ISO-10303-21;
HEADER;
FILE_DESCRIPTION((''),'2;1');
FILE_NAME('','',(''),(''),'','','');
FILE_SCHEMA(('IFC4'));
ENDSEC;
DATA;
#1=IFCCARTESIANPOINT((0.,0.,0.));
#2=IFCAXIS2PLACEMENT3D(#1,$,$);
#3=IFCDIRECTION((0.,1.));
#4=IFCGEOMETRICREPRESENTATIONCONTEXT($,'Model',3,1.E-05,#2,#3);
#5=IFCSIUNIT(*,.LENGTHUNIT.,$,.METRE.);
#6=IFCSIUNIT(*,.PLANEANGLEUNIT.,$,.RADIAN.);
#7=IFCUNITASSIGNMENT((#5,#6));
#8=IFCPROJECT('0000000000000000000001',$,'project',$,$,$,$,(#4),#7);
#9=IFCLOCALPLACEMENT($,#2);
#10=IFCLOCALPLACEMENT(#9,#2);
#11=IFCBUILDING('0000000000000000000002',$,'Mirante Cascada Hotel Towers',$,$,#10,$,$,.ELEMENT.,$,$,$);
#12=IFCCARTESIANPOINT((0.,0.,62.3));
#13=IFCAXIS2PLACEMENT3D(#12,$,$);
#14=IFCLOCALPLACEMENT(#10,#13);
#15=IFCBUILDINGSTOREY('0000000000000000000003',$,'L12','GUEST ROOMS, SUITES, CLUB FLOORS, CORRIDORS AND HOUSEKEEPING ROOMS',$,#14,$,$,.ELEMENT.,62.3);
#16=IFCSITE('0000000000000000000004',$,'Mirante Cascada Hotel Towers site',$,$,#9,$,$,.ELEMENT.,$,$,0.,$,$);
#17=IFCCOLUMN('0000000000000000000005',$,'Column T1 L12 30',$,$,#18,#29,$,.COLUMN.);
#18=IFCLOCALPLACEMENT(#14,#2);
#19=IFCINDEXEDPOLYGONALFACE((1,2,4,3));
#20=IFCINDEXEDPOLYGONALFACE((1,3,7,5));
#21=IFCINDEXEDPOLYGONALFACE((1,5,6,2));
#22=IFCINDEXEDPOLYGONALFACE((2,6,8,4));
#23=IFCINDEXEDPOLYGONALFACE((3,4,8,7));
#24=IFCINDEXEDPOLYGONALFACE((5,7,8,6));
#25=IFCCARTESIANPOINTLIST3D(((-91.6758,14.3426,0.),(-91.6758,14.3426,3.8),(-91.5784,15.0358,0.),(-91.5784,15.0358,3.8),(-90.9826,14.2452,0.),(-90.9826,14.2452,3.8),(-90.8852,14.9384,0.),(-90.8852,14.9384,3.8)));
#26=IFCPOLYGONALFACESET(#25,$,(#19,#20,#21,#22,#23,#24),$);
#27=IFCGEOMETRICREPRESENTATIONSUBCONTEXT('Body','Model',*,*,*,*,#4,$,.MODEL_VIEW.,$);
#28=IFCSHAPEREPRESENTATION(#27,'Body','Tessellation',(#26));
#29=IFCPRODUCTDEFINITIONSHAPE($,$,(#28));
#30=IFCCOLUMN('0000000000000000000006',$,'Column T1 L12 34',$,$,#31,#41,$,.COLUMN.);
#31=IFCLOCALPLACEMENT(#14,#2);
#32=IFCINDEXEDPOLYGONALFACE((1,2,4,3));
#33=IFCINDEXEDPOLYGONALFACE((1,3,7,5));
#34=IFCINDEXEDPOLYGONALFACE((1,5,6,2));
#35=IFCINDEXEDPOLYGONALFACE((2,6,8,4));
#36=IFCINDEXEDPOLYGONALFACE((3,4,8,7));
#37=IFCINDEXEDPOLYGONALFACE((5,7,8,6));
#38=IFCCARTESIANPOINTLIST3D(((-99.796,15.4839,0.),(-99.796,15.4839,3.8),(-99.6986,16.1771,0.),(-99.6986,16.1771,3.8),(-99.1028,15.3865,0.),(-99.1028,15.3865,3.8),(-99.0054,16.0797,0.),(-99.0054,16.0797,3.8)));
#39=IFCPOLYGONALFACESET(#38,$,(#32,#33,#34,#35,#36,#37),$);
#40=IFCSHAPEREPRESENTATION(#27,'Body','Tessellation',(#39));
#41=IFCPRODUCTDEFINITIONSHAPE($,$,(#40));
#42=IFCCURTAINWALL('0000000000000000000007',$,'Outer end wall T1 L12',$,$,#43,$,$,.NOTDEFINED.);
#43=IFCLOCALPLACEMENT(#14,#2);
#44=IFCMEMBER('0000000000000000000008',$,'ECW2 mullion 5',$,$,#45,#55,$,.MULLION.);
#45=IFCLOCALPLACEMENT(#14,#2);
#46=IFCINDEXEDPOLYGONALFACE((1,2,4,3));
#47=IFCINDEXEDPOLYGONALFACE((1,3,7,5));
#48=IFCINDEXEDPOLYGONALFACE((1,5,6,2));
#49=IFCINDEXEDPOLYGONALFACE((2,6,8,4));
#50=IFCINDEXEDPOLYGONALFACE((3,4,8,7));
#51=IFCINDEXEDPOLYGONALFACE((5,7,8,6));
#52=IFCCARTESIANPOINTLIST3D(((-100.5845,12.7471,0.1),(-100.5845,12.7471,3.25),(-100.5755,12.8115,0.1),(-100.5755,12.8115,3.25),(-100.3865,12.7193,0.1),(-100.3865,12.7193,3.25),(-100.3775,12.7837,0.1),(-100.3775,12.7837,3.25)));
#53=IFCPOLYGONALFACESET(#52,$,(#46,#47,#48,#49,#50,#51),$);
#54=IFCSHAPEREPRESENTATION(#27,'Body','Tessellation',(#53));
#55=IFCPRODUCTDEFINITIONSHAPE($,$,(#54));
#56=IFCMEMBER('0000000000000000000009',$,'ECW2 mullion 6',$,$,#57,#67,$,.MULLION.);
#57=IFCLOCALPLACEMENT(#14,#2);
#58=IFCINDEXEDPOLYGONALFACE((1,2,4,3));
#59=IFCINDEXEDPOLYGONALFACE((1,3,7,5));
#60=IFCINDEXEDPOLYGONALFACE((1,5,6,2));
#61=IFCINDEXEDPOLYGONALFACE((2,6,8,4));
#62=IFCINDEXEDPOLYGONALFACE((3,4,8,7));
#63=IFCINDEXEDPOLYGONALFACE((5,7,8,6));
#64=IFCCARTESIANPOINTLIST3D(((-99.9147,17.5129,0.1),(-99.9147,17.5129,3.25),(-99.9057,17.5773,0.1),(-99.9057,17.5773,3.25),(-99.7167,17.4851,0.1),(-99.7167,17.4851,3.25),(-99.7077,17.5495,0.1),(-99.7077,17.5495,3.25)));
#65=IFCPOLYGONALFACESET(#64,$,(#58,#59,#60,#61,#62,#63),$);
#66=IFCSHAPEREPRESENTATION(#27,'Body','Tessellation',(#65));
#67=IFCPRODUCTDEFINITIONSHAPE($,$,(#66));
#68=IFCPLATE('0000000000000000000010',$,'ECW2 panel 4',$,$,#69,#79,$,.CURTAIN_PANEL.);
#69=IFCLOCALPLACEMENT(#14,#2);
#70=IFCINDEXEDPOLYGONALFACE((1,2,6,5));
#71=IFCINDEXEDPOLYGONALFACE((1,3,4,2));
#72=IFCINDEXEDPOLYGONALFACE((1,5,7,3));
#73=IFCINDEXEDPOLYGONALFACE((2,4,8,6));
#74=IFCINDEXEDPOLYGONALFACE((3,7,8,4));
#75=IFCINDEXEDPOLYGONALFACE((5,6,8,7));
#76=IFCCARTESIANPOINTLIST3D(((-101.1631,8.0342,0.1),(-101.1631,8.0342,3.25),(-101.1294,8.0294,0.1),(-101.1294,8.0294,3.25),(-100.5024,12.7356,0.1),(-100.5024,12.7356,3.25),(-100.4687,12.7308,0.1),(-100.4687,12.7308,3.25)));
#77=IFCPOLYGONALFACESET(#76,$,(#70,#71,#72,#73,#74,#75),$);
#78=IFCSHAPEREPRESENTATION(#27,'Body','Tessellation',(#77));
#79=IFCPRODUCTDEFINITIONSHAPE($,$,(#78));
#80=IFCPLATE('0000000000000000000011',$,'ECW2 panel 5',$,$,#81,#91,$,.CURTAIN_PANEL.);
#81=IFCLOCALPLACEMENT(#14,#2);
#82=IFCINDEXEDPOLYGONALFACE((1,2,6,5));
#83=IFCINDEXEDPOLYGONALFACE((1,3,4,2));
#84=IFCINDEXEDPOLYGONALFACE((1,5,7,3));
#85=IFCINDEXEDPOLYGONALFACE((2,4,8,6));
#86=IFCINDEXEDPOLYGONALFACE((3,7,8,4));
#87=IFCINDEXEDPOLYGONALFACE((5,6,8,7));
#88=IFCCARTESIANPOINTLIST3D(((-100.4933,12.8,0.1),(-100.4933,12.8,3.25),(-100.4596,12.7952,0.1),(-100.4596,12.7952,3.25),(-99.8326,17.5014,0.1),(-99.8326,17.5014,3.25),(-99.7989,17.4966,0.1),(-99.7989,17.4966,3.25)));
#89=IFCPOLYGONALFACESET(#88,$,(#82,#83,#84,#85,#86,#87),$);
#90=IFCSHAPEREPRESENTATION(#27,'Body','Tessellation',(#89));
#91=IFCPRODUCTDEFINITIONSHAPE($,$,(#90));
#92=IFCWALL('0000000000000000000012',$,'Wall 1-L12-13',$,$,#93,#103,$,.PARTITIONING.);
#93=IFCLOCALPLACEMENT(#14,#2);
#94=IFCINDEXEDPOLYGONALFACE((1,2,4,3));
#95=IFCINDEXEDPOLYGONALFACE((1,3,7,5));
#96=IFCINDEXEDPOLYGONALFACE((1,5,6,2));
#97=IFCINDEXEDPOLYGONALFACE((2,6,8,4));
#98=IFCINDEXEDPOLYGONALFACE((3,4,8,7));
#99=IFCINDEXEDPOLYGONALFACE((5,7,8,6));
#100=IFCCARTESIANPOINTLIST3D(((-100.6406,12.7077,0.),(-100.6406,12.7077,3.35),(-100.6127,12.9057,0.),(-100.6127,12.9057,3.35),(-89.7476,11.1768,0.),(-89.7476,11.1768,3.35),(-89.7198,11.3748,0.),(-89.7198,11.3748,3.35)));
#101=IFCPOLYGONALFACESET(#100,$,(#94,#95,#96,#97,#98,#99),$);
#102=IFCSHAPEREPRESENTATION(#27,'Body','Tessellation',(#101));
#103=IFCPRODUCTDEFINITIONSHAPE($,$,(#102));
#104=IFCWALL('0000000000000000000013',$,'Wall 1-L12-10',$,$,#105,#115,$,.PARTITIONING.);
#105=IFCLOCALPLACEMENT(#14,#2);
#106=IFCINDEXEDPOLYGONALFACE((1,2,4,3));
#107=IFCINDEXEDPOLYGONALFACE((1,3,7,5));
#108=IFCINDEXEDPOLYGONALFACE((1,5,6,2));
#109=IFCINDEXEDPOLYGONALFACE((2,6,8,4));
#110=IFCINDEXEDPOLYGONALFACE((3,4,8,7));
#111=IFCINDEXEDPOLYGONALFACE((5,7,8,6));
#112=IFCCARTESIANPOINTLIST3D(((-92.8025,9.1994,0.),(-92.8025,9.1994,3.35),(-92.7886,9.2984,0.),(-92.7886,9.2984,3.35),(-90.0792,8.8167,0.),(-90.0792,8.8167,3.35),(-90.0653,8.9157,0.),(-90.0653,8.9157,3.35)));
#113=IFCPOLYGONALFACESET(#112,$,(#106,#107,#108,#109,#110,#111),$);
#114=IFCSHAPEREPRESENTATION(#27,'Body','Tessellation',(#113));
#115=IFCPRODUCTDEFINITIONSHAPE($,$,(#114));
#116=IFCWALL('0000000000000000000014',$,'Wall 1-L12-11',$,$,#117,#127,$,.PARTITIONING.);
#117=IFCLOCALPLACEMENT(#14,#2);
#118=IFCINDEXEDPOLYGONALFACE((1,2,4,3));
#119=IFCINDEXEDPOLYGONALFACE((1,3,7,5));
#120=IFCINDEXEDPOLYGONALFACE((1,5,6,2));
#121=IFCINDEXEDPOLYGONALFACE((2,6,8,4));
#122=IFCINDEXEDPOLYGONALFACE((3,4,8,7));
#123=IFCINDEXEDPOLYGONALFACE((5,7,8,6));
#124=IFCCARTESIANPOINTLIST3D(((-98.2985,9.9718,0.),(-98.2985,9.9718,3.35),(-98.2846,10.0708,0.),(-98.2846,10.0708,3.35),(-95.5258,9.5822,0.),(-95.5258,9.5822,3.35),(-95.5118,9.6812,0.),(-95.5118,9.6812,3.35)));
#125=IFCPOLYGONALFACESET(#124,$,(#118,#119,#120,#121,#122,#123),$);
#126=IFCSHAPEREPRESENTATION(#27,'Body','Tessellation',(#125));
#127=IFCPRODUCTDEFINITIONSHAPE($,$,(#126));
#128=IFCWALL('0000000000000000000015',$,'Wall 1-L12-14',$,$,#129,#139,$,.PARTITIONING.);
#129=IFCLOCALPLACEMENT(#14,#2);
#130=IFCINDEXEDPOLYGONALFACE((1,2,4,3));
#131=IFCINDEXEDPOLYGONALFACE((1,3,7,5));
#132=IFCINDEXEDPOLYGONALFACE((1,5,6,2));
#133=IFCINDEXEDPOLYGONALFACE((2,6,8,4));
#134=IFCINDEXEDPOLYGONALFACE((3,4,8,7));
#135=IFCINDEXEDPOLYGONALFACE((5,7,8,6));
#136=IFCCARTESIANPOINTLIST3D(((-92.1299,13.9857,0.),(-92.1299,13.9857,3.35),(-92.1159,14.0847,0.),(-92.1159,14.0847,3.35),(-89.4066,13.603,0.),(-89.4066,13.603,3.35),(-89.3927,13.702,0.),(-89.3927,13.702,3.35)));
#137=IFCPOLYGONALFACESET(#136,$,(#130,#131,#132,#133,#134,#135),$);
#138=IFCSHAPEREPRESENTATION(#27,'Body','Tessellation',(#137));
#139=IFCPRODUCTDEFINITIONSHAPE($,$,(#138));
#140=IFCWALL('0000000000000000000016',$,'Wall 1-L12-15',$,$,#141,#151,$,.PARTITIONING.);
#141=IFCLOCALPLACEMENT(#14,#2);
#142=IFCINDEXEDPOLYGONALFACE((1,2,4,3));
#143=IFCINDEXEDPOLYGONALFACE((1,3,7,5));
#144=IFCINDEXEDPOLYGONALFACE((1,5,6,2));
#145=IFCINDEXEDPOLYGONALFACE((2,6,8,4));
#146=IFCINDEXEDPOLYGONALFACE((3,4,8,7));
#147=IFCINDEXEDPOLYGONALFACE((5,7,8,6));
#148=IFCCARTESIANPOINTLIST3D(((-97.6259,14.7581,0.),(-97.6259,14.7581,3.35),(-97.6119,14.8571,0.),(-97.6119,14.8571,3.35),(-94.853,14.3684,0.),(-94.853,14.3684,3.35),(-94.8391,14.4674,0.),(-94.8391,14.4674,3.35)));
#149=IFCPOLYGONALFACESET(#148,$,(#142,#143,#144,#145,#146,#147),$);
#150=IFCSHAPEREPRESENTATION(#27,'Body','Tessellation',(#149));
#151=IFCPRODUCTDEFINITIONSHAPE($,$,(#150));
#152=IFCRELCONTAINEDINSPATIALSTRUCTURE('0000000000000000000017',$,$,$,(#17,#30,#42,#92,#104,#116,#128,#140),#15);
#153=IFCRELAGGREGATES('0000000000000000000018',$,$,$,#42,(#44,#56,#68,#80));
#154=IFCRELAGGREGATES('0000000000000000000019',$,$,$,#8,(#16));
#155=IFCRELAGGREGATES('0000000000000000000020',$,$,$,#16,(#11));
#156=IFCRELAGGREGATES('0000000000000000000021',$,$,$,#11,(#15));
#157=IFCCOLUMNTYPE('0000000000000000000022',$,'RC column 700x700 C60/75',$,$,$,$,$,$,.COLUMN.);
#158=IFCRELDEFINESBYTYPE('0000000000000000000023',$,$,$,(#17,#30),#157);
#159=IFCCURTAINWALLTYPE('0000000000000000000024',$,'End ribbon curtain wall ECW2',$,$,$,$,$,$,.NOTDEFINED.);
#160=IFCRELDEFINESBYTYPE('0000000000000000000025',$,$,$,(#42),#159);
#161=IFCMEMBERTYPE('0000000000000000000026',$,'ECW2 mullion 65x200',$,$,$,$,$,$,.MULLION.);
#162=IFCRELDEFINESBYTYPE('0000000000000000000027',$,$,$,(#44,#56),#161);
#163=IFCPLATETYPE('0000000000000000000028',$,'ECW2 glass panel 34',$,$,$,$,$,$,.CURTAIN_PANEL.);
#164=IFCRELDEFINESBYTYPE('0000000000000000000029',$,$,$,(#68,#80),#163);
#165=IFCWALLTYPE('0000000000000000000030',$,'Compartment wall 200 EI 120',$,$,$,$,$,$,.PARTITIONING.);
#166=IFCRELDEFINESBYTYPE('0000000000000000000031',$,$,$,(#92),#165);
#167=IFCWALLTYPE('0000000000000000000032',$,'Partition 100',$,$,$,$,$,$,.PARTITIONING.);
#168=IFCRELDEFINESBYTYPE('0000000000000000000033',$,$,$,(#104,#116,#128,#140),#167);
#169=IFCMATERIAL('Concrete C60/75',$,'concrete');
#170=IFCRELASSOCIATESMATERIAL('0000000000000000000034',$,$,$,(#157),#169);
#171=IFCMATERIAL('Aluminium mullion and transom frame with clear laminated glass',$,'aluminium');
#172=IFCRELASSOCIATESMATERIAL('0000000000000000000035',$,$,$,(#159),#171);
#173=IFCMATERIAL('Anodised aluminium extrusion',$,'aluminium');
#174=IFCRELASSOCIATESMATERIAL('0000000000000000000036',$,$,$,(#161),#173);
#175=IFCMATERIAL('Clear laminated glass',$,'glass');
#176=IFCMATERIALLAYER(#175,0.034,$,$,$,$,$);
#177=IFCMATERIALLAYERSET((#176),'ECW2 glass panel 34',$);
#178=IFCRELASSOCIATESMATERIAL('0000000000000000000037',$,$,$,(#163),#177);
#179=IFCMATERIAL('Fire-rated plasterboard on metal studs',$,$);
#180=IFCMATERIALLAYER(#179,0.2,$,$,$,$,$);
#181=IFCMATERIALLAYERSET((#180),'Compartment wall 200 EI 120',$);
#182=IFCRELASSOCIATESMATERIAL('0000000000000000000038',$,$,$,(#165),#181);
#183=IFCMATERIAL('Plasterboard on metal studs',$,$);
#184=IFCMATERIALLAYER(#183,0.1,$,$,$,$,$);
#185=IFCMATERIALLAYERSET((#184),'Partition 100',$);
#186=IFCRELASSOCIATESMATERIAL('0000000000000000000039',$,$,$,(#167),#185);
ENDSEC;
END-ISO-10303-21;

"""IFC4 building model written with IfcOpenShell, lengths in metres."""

from ifc_helpers import new_model, si_unit, direction, frame, frame_2d, origin, origin_2d, place, context, subcontext, project, spatial, rectangle, extrude, material, layer, layer_set, material_profile, profile_set, type_object, element, aggregate, save


model = new_model("IFC4")

# Units and contexts
model_context = context("Model", 3, precision=1e-05, world=origin(), true_north=direction((0.0, 1.0)))
body_context = subcontext(model_context, "Body", "Model", "MODEL_VIEW")
ifc_project = project(units=[si_unit("LENGTHUNIT", "METRE"), si_unit("PLANEANGLEUNIT", "RADIAN")], contexts=[model_context])

# Site, building, storey
site_placement = place(None, origin())
site = spatial("IfcSite", under=ifc_project, at=site_placement, Name="Mirante Cascada Hotel Towers site", CompositionType="ELEMENT", RefElevation=0.0)
building_placement = place(site_placement, origin())
building = spatial("IfcBuilding", under=site, at=building_placement, Name="Mirante Cascada Hotel Towers", CompositionType="ELEMENT")
storey_placement = place(building_placement, frame((0.0, 0.0, 62.3)))
storey = spatial("IfcBuildingStorey", under=building, at=storey_placement, Name="L12", Description="GUEST ROOMS, SUITES, CLUB FLOORS, CORRIDORS AND HOUSEKEEPING ROOMS", CompositionType="ELEMENT", Elevation=62.3)

# Columns
ifc_material_1 = material(Name="Concrete C60/75", Category="concrete")
ifc_material_profile_1 = material_profile(ifc_material_1, rectangle(XDim=0.7, YDim=0.7, at=origin_2d()), Name="RC column 700x700 C60/75")
ifc_profile_set_1 = profile_set([ifc_material_profile_1], Name="Concrete C60/75")
column_type = type_object("IfcColumnType", Name="RC column 700x700 C60/75", PredefinedType="COLUMN", material=ifc_profile_set_1)
for number, where, z_axis, x_axis, name in (
    (1, (-91.2805, 14.6405, 0.0), (0.0, 0.0, 1.0), (-0.990268, 0.139173, 0.0), "Column T1 L12 30"),
    (2, (-99.4007, 15.7818, 0.0), (0.0, 0.0, 1.0), (-0.990268, 0.139173, 0.0), "Column T1 L12 34"),
):
    element("IfcColumn", number, at=place(storey_placement, frame(where, z_axis=z_axis, x_axis=x_axis)), inside=storey, type_object=column_type, Name=name, PredefinedType="COLUMN", context=body_context, shape_type="SweptSolid", body=[
        extrude(rectangle(XDim=0.7, YDim=0.7, at=origin_2d()), origin(), (0.0, 0.0, 1.0), 3.8),
    ])

# Curtain wall, members, plates
ifc_material_2 = material(Name="Aluminium mullion and transom frame with clear laminated glass", Category="aluminium")
curtain_wall_type = type_object("IfcCurtainWallType", Name="End ribbon curtain wall ECW2", PredefinedType="NOTDEFINED", material=ifc_material_2)
curtain_wall_placement = place(storey_placement, origin())
curtain_wall = element("IfcCurtainWall", 3, at=curtain_wall_placement, inside=storey, type_object=curtain_wall_type, Name="Outer end wall T1 L12", PredefinedType="NOTDEFINED")
ifc_material_3 = material(Name="Anodised aluminium extrusion", Category="aluminium")
ifc_material_profile_2 = material_profile(ifc_material_3, rectangle(XDim=0.2, YDim=0.065, at=origin_2d()), Name="ECW2 MULLION 65x200")
ifc_profile_set_2 = profile_set([ifc_material_profile_2], Name="Anodised aluminium extrusion")
member_type = type_object("IfcMemberType", Name="ECW2 mullion 65x200", PredefinedType="MULLION", material=ifc_profile_set_2)
member_1_placement = place(storey_placement, frame((-100.481, 12.7654, 0.1), z_axis=(0.0, 0.0, 1.0), x_axis=(-0.990268, 0.139173, 0.0)))
member_1 = element("IfcMember", 4, at=member_1_placement, type_object=member_type, Name="ECW2 mullion 5", PredefinedType="MULLION", context=body_context, shape_type="SweptSolid", body=[
    extrude(rectangle(XDim=0.2, YDim=0.065, at=origin_2d()), origin(), (0.0, 0.0, 1.0), 3.15),
])
member_2_placement = place(storey_placement, frame((-99.8112, 17.5312, 0.1), z_axis=(0.0, 0.0, 1.0), x_axis=(-0.990268, 0.139173, 0.0)))
member_2 = element("IfcMember", 5, at=member_2_placement, type_object=member_type, Name="ECW2 mullion 6", PredefinedType="MULLION", context=body_context, shape_type="SweptSolid", body=[
    extrude(rectangle(XDim=0.2, YDim=0.065, at=origin_2d()), origin(), (0.0, 0.0, 1.0), 3.15),
])
ifc_material_4 = material(Name="Clear laminated glass", Category="glass")
ifc_layer_1 = layer(ifc_material_4, 0.034)
ifc_layer_set_1 = layer_set([ifc_layer_1], Name="ECW2 glass panel 34")
plate_type = type_object("IfcPlateType", Name="ECW2 glass panel 34", PredefinedType="CURTAIN_PANEL", material=ifc_layer_set_1)
plate_1_placement = place(storey_placement, frame((-100.8159, 10.3825, 0.1), z_axis=(0.0, 0.0, 1.0), x_axis=(0.139173, 0.990268, 0.0)))
plate_1 = element("IfcPlate", 6, at=plate_1_placement, type_object=plate_type, Name="ECW2 panel 4", PredefinedType="CURTAIN_PANEL", context=body_context, shape_type="SweptSolid", body=[
    extrude(rectangle(XDim=4.7476, YDim=0.034, at=origin_2d()), origin(), (0.0, 0.0, 1.0), 3.15),
])
plate_2_placement = place(storey_placement, frame((-100.1461, 15.1483, 0.1), z_axis=(0.0, 0.0, 1.0), x_axis=(0.139173, 0.990268, 0.0)))
plate_2 = element("IfcPlate", 7, at=plate_2_placement, type_object=plate_type, Name="ECW2 panel 5", PredefinedType="CURTAIN_PANEL", context=body_context, shape_type="SweptSolid", body=[
    extrude(rectangle(XDim=4.7476, YDim=0.034, at=origin_2d()), origin(), (0.0, 0.0, 1.0), 3.15),
])
aggregate(curtain_wall, [member_1, member_2, plate_1, plate_2])

# Walls
ifc_material_5 = material(Name="Fire-rated plasterboard on metal studs")
ifc_layer_2 = layer(ifc_material_5, 0.2)
ifc_layer_set_2 = layer_set([ifc_layer_2], Name="Compartment wall 200 EI 120")
wall_type_1 = type_object("IfcWallType", Name="Compartment wall 200 EI 120", PredefinedType="PARTITIONING", material=ifc_layer_set_2)
wall_1_placement = place(storey_placement, frame((-89.7337, 11.2758, 0.0), z_axis=(0.0, 0.0, 1.0), x_axis=(-0.990268, 0.139173, 0.0)))
element("IfcWall", 8, at=wall_1_placement, inside=storey, type_object=wall_type_1, Name="Wall 1-L12-13", PredefinedType="PARTITIONING", context=body_context, shape_type="SweptSolid", body=[
    extrude(rectangle(XDim=11.0, YDim=0.2, at=frame_2d((5.5, 0.0))), origin(), (0.0, 0.0, 1.0), 3.35),
])
ifc_material_6 = material(Name="Plasterboard on metal studs")
ifc_layer_3 = layer(ifc_material_6, 0.1)
ifc_layer_set_3 = layer_set([ifc_layer_3], Name="Partition 100")
wall_type_2 = type_object("IfcWallType", Name="Partition 100", PredefinedType="PARTITIONING", material=ifc_layer_set_3)
wall_2_placement = place(storey_placement, frame((-92.7956, 9.2489, 0.0), z_axis=(0.0, 0.0, 1.0), x_axis=(0.99027, -0.139161, 0.0)))
element("IfcWall", 9, at=wall_2_placement, inside=storey, type_object=wall_type_2, Name="Wall 1-L12-10", PredefinedType="PARTITIONING", context=body_context, shape_type="SweptSolid", body=[
    extrude(rectangle(XDim=2.7501, YDim=0.1, at=frame_2d((1.3751, 0.0))), origin(), (0.0, 0.0, 1.0), 3.35),
])
wall_3_placement = place(storey_placement, frame((-95.5188, 9.6317, 0.0), z_axis=(0.0, 0.0, 1.0), x_axis=(-0.990273, 0.139141, 0.0)))
element("IfcWall", 10, at=wall_3_placement, inside=storey, type_object=wall_type_2, Name="Wall 1-L12-11", PredefinedType="PARTITIONING", context=body_context, shape_type="SweptSolid", body=[
    extrude(rectangle(XDim=2.8, YDim=0.1, at=frame_2d((1.4, 0.0))), origin(), (0.0, 0.0, 1.0), 3.35),
])
wall_4_placement = place(storey_placement, frame((-92.1229, 14.0352, 0.0), z_axis=(0.0, 0.0, 1.0), x_axis=(0.990269, -0.139166, 0.0)))
element("IfcWall", 11, at=wall_4_placement, inside=storey, type_object=wall_type_2, Name="Wall 1-L12-14", PredefinedType="PARTITIONING", context=body_context, shape_type="SweptSolid", body=[
    extrude(rectangle(XDim=2.75, YDim=0.1, at=frame_2d((1.375, 0.0))), origin(), (0.0, 0.0, 1.0), 3.35),
])
wall_5_placement = place(storey_placement, frame((-94.8461, 14.4179, 0.0), z_axis=(0.0, 0.0, 1.0), x_axis=(-0.990268, 0.139176, 0.0)))
element("IfcWall", 12, at=wall_5_placement, inside=storey, type_object=wall_type_2, Name="Wall 1-L12-15", PredefinedType="PARTITIONING", context=body_context, shape_type="SweptSolid", body=[
    extrude(rectangle(XDim=2.8001, YDim=0.1, at=frame_2d((1.4, 0.0))), origin(), (0.0, 0.0, 1.0), 3.35),
])

save(model, "model.ifc")
